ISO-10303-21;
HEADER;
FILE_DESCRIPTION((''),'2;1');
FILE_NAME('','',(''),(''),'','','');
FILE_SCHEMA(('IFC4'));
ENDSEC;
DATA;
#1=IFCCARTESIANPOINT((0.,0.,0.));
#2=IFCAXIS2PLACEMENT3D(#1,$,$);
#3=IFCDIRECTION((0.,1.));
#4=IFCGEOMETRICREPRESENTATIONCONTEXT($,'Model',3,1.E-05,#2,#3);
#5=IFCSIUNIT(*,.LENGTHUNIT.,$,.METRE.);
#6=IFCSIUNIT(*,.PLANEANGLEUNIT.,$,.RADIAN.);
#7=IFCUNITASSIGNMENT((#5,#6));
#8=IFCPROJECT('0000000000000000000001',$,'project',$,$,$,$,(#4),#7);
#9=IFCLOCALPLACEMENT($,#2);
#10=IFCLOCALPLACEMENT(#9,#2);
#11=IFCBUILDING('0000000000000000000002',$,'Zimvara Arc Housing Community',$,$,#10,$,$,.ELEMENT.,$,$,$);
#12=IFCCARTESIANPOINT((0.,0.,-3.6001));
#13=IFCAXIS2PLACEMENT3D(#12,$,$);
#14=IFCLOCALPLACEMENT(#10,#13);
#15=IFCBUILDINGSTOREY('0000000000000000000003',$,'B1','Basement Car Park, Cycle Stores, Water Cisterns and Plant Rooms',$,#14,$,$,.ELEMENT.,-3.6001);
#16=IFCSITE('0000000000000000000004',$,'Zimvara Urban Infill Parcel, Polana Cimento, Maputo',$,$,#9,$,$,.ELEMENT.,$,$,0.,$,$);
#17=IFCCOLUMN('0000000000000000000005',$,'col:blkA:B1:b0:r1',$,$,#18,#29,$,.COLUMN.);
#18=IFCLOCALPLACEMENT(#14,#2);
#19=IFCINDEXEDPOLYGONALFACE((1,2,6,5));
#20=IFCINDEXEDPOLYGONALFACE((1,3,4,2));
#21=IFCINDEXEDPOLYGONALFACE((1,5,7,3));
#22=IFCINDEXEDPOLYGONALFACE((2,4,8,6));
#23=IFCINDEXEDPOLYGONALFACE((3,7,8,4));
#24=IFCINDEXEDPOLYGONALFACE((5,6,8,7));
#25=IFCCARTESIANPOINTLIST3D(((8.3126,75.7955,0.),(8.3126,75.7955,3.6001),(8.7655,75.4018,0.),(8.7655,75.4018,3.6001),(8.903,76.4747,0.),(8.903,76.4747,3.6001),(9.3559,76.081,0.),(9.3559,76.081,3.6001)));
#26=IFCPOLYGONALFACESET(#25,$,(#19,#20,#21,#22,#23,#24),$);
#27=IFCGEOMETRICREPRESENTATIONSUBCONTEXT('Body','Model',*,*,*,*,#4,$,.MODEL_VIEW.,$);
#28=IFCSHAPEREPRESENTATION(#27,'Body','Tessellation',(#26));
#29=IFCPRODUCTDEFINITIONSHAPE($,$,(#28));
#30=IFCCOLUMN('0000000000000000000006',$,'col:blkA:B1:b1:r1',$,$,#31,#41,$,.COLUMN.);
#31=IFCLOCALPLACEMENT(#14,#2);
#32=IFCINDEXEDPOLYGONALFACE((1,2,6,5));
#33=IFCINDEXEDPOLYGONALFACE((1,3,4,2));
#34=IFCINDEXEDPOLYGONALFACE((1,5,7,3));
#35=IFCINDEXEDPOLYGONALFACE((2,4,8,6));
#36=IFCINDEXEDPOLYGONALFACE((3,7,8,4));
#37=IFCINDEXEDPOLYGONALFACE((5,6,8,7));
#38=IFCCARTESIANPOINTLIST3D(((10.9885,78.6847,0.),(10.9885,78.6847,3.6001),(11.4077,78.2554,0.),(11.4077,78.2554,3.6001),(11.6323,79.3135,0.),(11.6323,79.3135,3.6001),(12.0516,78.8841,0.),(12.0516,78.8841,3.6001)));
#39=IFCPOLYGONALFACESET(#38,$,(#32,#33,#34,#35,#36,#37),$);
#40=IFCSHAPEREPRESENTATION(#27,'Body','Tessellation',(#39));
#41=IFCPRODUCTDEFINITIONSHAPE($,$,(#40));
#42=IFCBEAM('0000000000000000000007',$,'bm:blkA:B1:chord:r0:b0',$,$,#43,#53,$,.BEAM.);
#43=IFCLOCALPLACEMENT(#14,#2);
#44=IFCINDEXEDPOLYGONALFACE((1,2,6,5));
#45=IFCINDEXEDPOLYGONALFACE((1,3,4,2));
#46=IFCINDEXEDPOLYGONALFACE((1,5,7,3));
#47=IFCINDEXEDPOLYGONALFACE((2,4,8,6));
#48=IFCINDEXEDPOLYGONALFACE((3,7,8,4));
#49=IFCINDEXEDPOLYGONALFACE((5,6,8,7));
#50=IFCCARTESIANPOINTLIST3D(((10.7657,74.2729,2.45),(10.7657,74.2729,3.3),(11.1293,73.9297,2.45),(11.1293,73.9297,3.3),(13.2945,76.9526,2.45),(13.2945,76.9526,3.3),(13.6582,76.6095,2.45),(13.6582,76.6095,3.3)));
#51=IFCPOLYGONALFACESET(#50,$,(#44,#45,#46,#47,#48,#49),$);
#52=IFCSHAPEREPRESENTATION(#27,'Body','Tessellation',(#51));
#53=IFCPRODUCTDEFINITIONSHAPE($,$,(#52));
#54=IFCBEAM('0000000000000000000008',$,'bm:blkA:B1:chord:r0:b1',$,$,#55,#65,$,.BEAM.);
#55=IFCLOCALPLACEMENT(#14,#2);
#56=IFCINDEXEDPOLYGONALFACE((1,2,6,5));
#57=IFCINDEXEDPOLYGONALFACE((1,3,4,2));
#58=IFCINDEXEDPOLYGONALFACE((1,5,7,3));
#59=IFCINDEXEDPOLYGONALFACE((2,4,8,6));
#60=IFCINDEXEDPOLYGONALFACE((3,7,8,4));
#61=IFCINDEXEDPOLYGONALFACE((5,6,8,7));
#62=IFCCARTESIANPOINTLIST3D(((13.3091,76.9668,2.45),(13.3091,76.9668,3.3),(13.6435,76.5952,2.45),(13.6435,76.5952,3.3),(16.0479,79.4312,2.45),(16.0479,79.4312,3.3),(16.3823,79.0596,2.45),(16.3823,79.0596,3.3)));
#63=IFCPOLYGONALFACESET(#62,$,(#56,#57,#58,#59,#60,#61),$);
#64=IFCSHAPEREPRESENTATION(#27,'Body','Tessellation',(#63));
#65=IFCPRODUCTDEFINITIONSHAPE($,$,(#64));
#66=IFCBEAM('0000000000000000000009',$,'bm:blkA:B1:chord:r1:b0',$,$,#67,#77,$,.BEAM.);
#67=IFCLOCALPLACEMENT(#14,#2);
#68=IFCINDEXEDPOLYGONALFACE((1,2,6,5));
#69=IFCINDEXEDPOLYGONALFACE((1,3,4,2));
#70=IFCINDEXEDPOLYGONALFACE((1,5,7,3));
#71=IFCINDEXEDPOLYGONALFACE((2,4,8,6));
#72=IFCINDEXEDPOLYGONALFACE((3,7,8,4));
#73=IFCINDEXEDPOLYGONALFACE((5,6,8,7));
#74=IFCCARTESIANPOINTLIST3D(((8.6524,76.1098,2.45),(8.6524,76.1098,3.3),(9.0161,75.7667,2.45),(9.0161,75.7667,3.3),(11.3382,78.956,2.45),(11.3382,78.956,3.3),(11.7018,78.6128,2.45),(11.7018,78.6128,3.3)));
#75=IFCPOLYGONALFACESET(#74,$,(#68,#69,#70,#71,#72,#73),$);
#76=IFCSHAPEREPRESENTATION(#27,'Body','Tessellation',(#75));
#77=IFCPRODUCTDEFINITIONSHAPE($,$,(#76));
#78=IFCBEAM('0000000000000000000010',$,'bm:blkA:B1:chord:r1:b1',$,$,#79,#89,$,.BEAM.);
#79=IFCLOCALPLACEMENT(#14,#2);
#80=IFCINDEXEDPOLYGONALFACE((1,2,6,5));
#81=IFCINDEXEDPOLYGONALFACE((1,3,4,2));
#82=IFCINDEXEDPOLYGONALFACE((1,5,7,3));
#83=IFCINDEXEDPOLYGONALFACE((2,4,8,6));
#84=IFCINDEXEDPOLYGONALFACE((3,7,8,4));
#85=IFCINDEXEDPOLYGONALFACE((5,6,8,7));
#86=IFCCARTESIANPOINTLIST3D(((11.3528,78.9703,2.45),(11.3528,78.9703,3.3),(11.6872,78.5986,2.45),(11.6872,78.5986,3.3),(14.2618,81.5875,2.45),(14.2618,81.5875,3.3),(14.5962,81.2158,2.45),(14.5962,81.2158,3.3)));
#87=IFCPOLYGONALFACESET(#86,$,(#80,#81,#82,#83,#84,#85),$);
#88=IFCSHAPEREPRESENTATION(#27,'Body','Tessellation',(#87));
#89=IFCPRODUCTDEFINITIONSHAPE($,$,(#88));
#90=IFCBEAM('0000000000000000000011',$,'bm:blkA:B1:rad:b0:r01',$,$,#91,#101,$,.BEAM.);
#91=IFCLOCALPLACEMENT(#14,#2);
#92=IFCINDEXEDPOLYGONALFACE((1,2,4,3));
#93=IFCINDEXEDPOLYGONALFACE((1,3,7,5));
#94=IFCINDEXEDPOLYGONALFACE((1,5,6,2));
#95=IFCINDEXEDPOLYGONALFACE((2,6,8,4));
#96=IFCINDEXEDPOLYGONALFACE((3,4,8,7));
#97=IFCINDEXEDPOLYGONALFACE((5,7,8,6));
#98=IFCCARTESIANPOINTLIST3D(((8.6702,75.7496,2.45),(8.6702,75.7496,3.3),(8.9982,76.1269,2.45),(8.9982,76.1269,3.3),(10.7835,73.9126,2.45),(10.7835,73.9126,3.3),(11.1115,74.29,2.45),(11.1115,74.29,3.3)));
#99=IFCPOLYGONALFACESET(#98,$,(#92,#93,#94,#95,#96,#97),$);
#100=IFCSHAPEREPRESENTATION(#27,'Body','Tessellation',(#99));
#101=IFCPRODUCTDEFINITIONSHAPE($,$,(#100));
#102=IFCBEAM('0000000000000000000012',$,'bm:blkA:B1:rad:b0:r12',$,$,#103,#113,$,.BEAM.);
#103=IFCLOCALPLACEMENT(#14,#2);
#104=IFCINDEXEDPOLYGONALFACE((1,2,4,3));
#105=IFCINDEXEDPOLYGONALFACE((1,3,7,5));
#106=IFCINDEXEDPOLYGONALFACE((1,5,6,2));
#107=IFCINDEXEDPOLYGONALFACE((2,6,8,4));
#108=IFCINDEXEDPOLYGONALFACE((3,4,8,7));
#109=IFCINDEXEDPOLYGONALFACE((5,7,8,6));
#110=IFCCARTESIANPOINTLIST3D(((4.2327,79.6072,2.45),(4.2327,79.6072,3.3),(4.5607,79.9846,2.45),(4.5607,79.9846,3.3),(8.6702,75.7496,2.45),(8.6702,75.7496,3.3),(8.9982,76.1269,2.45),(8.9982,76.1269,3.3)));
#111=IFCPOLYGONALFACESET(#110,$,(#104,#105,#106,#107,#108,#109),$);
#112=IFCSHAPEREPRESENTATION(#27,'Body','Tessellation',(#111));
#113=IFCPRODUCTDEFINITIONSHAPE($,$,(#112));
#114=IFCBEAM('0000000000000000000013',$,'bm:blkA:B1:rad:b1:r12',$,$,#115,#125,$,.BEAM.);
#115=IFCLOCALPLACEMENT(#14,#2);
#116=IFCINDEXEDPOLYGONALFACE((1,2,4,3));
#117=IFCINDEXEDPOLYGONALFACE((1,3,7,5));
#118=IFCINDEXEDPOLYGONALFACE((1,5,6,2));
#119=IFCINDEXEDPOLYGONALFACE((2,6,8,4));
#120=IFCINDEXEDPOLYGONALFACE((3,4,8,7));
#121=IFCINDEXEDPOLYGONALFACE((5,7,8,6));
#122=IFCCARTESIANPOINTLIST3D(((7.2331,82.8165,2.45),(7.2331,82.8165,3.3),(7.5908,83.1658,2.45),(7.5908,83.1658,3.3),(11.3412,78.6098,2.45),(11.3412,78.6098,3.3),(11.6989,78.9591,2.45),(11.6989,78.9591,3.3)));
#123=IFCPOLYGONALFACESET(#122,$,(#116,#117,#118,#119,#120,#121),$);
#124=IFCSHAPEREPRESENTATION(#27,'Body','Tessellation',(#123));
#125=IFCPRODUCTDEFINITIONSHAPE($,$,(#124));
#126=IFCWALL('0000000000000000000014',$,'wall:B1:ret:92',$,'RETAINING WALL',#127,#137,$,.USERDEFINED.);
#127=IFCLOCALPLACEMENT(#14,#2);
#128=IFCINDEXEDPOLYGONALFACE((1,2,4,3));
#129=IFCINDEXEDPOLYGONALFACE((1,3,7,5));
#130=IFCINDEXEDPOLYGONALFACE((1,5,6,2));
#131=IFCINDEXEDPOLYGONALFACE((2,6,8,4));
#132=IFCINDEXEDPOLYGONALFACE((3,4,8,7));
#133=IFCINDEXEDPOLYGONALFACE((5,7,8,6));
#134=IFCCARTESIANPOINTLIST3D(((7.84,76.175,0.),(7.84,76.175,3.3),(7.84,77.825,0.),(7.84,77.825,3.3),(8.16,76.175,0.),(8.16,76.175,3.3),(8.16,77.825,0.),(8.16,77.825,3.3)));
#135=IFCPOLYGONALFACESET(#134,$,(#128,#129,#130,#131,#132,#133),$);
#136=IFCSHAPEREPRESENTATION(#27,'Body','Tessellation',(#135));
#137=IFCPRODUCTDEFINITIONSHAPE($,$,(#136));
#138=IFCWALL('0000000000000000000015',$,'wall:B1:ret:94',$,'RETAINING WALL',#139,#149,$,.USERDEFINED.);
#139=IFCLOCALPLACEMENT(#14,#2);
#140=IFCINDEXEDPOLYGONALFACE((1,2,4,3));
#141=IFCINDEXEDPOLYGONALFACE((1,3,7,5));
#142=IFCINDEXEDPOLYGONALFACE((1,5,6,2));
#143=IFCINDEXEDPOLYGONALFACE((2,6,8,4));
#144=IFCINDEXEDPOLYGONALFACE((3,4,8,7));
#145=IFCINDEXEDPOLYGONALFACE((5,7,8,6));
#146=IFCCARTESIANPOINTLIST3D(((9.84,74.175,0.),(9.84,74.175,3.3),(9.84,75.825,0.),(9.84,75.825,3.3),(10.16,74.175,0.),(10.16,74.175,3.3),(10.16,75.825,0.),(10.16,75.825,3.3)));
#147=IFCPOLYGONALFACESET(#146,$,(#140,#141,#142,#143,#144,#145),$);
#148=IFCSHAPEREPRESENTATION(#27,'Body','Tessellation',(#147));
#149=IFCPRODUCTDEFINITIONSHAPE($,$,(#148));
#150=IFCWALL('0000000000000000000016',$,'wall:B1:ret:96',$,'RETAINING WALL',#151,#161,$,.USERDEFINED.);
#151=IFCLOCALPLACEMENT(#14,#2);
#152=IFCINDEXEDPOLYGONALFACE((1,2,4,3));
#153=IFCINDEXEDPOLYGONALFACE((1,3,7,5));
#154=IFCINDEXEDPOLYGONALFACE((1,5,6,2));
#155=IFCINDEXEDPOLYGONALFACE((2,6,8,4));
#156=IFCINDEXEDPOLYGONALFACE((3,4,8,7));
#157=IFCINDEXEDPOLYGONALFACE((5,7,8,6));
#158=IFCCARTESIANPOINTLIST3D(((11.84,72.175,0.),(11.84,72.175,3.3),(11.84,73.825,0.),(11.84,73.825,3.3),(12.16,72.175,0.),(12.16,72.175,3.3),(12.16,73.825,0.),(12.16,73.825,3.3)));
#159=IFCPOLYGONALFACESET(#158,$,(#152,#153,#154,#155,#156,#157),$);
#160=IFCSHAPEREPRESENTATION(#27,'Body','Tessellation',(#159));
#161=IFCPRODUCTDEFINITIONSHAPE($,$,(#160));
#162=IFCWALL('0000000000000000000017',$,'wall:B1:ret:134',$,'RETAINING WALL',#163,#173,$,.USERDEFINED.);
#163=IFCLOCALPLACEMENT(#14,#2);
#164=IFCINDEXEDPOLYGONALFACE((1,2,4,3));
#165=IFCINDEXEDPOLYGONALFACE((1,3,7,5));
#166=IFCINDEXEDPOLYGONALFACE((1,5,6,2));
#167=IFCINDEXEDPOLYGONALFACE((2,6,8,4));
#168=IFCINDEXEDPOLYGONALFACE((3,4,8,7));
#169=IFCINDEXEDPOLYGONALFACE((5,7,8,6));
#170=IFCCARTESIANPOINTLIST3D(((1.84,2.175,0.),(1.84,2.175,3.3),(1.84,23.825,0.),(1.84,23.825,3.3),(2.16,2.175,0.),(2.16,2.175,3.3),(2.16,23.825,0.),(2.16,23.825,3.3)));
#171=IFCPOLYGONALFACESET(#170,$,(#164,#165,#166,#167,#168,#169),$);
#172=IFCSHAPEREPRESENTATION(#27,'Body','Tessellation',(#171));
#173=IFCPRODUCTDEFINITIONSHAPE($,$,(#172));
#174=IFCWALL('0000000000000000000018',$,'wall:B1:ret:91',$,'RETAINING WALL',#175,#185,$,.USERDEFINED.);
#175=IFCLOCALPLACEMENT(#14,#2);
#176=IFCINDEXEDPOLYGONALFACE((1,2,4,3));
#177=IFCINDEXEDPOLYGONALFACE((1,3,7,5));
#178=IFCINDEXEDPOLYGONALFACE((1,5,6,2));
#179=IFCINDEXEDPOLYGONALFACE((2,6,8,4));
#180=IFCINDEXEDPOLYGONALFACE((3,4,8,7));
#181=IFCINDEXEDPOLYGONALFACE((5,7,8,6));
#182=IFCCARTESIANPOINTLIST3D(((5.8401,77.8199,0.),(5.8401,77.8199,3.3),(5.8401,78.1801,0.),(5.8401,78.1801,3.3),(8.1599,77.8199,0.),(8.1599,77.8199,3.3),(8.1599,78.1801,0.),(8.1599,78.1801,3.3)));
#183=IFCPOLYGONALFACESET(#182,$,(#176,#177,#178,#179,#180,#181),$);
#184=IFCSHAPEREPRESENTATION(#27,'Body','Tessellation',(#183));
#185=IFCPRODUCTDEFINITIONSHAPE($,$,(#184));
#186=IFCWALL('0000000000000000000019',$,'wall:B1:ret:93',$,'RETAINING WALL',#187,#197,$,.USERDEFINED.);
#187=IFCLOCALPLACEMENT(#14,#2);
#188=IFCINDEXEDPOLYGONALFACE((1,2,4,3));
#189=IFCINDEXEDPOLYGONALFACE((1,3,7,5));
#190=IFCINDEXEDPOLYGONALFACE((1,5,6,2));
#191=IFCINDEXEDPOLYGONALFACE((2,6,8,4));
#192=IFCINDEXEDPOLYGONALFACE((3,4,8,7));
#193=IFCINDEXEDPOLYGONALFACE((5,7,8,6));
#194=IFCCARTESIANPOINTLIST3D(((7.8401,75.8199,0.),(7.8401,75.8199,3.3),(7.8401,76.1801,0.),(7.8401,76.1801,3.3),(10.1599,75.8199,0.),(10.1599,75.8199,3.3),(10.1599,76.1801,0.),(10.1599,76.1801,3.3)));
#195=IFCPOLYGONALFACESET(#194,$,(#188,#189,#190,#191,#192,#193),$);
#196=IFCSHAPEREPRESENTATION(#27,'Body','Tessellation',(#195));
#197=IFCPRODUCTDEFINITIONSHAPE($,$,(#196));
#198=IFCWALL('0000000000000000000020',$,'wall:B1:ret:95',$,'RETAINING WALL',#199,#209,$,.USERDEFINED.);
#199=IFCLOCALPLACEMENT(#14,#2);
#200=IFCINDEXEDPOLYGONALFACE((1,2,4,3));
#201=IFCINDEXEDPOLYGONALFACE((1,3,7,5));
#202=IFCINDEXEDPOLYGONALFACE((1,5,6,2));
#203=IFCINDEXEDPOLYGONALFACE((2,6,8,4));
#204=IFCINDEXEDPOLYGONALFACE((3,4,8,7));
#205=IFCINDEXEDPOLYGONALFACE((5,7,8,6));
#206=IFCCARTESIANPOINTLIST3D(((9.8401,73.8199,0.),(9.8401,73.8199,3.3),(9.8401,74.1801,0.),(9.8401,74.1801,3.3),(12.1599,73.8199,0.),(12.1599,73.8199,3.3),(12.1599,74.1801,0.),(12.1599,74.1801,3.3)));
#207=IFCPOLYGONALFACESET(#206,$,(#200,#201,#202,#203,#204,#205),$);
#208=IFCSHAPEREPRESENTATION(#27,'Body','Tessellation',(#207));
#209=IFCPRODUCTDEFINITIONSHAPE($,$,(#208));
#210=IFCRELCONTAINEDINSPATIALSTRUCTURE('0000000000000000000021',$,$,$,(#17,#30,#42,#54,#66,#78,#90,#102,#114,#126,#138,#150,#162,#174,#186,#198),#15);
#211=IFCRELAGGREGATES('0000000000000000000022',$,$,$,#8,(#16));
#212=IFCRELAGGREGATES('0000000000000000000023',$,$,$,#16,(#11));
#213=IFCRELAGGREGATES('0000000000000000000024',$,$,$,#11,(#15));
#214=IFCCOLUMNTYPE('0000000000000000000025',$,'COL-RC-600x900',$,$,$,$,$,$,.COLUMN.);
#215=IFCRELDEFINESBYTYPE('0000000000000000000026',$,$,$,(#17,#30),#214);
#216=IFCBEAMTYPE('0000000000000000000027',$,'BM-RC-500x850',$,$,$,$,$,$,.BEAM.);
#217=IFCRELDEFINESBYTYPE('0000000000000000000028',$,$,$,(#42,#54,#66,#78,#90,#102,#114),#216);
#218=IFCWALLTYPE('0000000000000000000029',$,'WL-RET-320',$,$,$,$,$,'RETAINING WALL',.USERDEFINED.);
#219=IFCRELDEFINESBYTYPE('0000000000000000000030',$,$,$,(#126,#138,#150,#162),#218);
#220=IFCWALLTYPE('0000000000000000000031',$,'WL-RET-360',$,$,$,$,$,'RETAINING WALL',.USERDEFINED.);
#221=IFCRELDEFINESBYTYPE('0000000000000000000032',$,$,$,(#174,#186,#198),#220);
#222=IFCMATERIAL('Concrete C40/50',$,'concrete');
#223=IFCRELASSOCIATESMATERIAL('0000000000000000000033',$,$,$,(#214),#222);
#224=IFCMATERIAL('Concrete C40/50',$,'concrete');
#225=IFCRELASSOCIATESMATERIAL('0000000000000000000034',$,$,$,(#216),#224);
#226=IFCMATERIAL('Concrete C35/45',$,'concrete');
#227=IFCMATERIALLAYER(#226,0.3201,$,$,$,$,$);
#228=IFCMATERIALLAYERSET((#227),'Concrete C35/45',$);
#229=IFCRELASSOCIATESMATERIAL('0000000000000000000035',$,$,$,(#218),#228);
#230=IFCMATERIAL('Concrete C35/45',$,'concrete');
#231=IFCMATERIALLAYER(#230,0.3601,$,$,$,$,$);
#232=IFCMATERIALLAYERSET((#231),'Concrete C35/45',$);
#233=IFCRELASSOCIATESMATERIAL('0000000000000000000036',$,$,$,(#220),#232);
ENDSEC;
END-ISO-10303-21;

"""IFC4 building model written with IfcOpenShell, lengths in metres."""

from ifc_helpers import new_model, si_unit, direction, frame, frame_2d, origin, origin_2d, place, context, subcontext, project, spatial, rectangle, extrude, material, layer, layer_set, material_profile, profile_set, type_object, element, save


model = new_model("IFC4")

# Units and contexts
model_context = context("Model", 3, precision=1e-05, world=origin(), true_north=direction((0.0, 1.0)))
body_context = subcontext(model_context, "Body", "Model", "MODEL_VIEW")
ifc_project = project(units=[si_unit("LENGTHUNIT", "METRE"), si_unit("PLANEANGLEUNIT", "RADIAN")], contexts=[model_context])

# Site, building, storey
site_placement = place(None, origin())
site = spatial("IfcSite", under=ifc_project, at=site_placement, Name="Zimvara Urban Infill Parcel, Polana Cimento, Maputo", CompositionType="ELEMENT", RefElevation=0.0)
building_placement = place(site_placement, origin())
building = spatial("IfcBuilding", under=site, at=building_placement, Name="Zimvara Arc Housing Community", CompositionType="ELEMENT")
storey_placement = place(building_placement, frame((0.0, 0.0, -3.6001)))
storey = spatial("IfcBuildingStorey", under=building, at=storey_placement, Name="B1", Description="Basement Car Park, Cycle Stores, Water Cisterns and Plant Rooms", CompositionType="ELEMENT", Elevation=-3.6001)

# Columns
ifc_material_1 = material(Name="Concrete C40/50", Category="concrete")
ifc_material_profile_1 = material_profile(ifc_material_1, rectangle(XDim=0.6001, YDim=0.8999, at=origin_2d()), Name="RC 600x900")
ifc_profile_set_1 = profile_set([ifc_material_profile_1], Name="Concrete C40/50")
column_type_1 = type_object("IfcColumnType", Name="COL-RC-600x900", PredefinedType="COLUMN", material=ifc_profile_set_1)
for number, where, z_axis, x_axis, name in (
    (1, (8.8342, 75.9382, 0.0), (0.0, 0.0, 1.0), (-0.75471, 0.656059, 0.0), "col:blkA:B1:b0:r1"),
    (2, (11.52, 78.7844, 0.0), (0.0, 0.0, 1.0), (-0.698665, 0.715449, 0.0), "col:blkA:B1:b1:r1"),
):
    element("IfcColumn", number, at=place(storey_placement, frame(where, z_axis=z_axis, x_axis=x_axis)), inside=storey, type_object=column_type_1, Name=name, PredefinedType="COLUMN", context=body_context, shape_type="SweptSolid", body=[
        extrude(rectangle(XDim=0.6001, YDim=0.8999, at=origin_2d()), origin(), (0.0, 0.0, 1.0), 3.6001),
    ])

# Beams
ifc_material_2 = material(Name="Concrete C40/50", Category="concrete")
ifc_material_profile_2 = material_profile(ifc_material_2, rectangle(XDim=0.5, YDim=0.8501, at=origin_2d()), Name="RC 500x850")
ifc_profile_set_2 = profile_set([ifc_material_profile_2], Name="Concrete C40/50")
beam_type = type_object("IfcBeamType", Name="BM-RC-500x850", PredefinedType="BEAM", material=ifc_profile_set_2)
beam_1_placement = place(storey_placement, frame((10.9475, 74.1013, 2.875), z_axis=(0.686336, 0.727285, 0.0), x_axis=(-0.727285, 0.686336, 0.0)))
element("IfcBeam", 3, at=beam_1_placement, inside=storey, type_object=beam_type, Name="bm:blkA:B1:chord:r0:b0", PredefinedType="BEAM", context=body_context, shape_type="SweptSolid", body=[
    extrude(rectangle(XDim=0.5, YDim=0.8501, at=origin_2d()), origin(), (0.0, 0.0, 1.0), 3.6846),
])
beam_2_placement = place(storey_placement, frame((13.4763, 76.781, 2.875), z_axis=(0.743367, 0.668884, 0.0), x_axis=(-0.668884, 0.743367, 0.0)))
element("IfcBeam", 4, at=beam_2_placement, inside=storey, type_object=beam_type, Name="bm:blkA:B1:chord:r0:b1", PredefinedType="BEAM", context=body_context, shape_type="SweptSolid", body=[
    extrude(rectangle(XDim=0.5, YDim=0.8501, at=origin_2d()), origin(), (0.0, 0.0, 1.0), 3.6843),
])
beam_3_placement = place(storey_placement, frame((8.8342, 75.9382, 2.875), z_axis=(0.686316, 0.727304, 0.0), x_axis=(-0.727304, 0.686316, 0.0)))
element("IfcBeam", 5, at=beam_3_placement, inside=storey, type_object=beam_type, Name="bm:blkA:B1:chord:r1:b0", PredefinedType="BEAM", context=body_context, shape_type="SweptSolid", body=[
    extrude(rectangle(XDim=0.5, YDim=0.8501, at=origin_2d()), origin(), (0.0, 0.0, 1.0), 3.9133),
])
beam_4_placement = place(storey_placement, frame((11.52, 78.7844, 2.875), z_axis=(0.743403, 0.668844, 0.0), x_axis=(-0.668844, 0.743403, 0.0)))
element("IfcBeam", 6, at=beam_4_placement, inside=storey, type_object=beam_type, Name="bm:blkA:B1:chord:r1:b1", PredefinedType="BEAM", context=body_context, shape_type="SweptSolid", body=[
    extrude(rectangle(XDim=0.5, YDim=0.8501, at=origin_2d()), origin(), (0.0, 0.0, 1.0), 3.9131),
])
beam_5_placement = place(storey_placement, frame((10.9475, 74.1013, 2.875), z_axis=(-0.754733, 0.656032, 0.0), x_axis=(-0.656032, -0.754733, 0.0)))
element("IfcBeam", 7, at=beam_5_placement, inside=storey, type_object=beam_type, Name="bm:blkA:B1:rad:b0:r01", PredefinedType="BEAM", context=body_context, shape_type="SweptSolid", body=[
    extrude(rectangle(XDim=0.5, YDim=0.8501, at=origin_2d()), origin(), (0.0, 0.0, 1.0), 2.8),
])
for number, where, z_axis, x_axis, name in (
    (8, (8.8342, 75.9382, 2.875), (-0.754692, 0.656079, 0.0), (-0.656079, -0.754692, 0.0), "bm:blkA:B1:rad:b0:r12"),
    (9, (11.52, 78.7844, 2.875), (-0.69867, 0.715444, 0.0), (-0.715444, -0.69867, 0.0), "bm:blkA:B1:rad:b1:r12"),
):
    element("IfcBeam", number, at=place(storey_placement, frame(where, z_axis=z_axis, x_axis=x_axis)), inside=storey, type_object=beam_type, Name=name, PredefinedType="BEAM", context=body_context, shape_type="SweptSolid", body=[
        extrude(rectangle(XDim=0.5, YDim=0.8501, at=origin_2d()), origin(), (0.0, 0.0, 1.0), 5.8799),
    ])

# Walls
ifc_material_3 = material(Name="Concrete C35/45", Category="concrete")
ifc_layer_1 = layer(ifc_material_3, 0.3201)
ifc_layer_set_1 = layer_set([ifc_layer_1], Name="Concrete C35/45")
wall_type_1 = type_object("IfcWallType", Name="WL-RET-320", ElementType="RETAINING WALL", PredefinedType="USERDEFINED", material=ifc_layer_set_1)
for number, where, z_axis, x_axis, name in (
    (10, (8.0, 77.825, 0.0), (0.0, 0.0, 1.0), (0.0, -1.0, 0.0), "wall:B1:ret:92"),
    (11, (10.0, 75.825, 0.0), (0.0, 0.0, 1.0), (0.0, -1.0, 0.0), "wall:B1:ret:94"),
    (12, (12.0, 73.825, 0.0), (0.0, 0.0, 1.0), (0.0, -1.0, 0.0), "wall:B1:ret:96"),
):
    element("IfcWall", number, at=place(storey_placement, frame(where, z_axis=z_axis, x_axis=x_axis)), inside=storey, type_object=wall_type_1, Name=name, ObjectType="RETAINING WALL", PredefinedType="USERDEFINED", context=body_context, shape_type="SweptSolid", body=[
        extrude(rectangle(XDim=1.6499, YDim=0.3201, at=frame_2d((0.825, 0.0))), origin(), (0.0, 0.0, 1.0), 3.3),
    ])
wall_placement = place(storey_placement, frame((2.0, 23.825, 0.0), z_axis=(0.0, 0.0, 1.0), x_axis=(0.0, -1.0, 0.0)))
element("IfcWall", 13, at=wall_placement, inside=storey, type_object=wall_type_1, Name="wall:B1:ret:134", ObjectType="RETAINING WALL", PredefinedType="USERDEFINED", context=body_context, shape_type="SweptSolid", body=[
    extrude(rectangle(XDim=21.6499, YDim=0.3201, at=frame_2d((10.825, 0.0))), origin(), (0.0, 0.0, 1.0), 3.3),
])
ifc_material_4 = material(Name="Concrete C35/45", Category="concrete")
ifc_layer_2 = layer(ifc_material_4, 0.3601)
ifc_layer_set_2 = layer_set([ifc_layer_2], Name="Concrete C35/45")
wall_type_2 = type_object("IfcWallType", Name="WL-RET-360", ElementType="RETAINING WALL", PredefinedType="USERDEFINED", material=ifc_layer_set_2)
for number, where, z_axis, x_axis, name in (
    (14, (5.8401, 78.0, 0.0), (0.0, 0.0, 1.0), (1.0, 0.0, 0.0), "wall:B1:ret:91"),
    (15, (7.8401, 76.0, 0.0), (0.0, 0.0, 1.0), (1.0, 0.0, 0.0), "wall:B1:ret:93"),
    (16, (9.8401, 74.0, 0.0), (0.0, 0.0, 1.0), (1.0, 0.0, 0.0), "wall:B1:ret:95"),
):
    element("IfcWall", number, at=place(storey_placement, frame(where, z_axis=z_axis, x_axis=x_axis)), inside=storey, type_object=wall_type_2, Name=name, ObjectType="RETAINING WALL", PredefinedType="USERDEFINED", context=body_context, shape_type="SweptSolid", body=[
        extrude(rectangle(XDim=2.3198, YDim=0.3601, at=frame_2d((1.1599, 0.0))), origin(), (0.0, 0.0, 1.0), 3.3),
    ])

save(model, "model.ifc")
